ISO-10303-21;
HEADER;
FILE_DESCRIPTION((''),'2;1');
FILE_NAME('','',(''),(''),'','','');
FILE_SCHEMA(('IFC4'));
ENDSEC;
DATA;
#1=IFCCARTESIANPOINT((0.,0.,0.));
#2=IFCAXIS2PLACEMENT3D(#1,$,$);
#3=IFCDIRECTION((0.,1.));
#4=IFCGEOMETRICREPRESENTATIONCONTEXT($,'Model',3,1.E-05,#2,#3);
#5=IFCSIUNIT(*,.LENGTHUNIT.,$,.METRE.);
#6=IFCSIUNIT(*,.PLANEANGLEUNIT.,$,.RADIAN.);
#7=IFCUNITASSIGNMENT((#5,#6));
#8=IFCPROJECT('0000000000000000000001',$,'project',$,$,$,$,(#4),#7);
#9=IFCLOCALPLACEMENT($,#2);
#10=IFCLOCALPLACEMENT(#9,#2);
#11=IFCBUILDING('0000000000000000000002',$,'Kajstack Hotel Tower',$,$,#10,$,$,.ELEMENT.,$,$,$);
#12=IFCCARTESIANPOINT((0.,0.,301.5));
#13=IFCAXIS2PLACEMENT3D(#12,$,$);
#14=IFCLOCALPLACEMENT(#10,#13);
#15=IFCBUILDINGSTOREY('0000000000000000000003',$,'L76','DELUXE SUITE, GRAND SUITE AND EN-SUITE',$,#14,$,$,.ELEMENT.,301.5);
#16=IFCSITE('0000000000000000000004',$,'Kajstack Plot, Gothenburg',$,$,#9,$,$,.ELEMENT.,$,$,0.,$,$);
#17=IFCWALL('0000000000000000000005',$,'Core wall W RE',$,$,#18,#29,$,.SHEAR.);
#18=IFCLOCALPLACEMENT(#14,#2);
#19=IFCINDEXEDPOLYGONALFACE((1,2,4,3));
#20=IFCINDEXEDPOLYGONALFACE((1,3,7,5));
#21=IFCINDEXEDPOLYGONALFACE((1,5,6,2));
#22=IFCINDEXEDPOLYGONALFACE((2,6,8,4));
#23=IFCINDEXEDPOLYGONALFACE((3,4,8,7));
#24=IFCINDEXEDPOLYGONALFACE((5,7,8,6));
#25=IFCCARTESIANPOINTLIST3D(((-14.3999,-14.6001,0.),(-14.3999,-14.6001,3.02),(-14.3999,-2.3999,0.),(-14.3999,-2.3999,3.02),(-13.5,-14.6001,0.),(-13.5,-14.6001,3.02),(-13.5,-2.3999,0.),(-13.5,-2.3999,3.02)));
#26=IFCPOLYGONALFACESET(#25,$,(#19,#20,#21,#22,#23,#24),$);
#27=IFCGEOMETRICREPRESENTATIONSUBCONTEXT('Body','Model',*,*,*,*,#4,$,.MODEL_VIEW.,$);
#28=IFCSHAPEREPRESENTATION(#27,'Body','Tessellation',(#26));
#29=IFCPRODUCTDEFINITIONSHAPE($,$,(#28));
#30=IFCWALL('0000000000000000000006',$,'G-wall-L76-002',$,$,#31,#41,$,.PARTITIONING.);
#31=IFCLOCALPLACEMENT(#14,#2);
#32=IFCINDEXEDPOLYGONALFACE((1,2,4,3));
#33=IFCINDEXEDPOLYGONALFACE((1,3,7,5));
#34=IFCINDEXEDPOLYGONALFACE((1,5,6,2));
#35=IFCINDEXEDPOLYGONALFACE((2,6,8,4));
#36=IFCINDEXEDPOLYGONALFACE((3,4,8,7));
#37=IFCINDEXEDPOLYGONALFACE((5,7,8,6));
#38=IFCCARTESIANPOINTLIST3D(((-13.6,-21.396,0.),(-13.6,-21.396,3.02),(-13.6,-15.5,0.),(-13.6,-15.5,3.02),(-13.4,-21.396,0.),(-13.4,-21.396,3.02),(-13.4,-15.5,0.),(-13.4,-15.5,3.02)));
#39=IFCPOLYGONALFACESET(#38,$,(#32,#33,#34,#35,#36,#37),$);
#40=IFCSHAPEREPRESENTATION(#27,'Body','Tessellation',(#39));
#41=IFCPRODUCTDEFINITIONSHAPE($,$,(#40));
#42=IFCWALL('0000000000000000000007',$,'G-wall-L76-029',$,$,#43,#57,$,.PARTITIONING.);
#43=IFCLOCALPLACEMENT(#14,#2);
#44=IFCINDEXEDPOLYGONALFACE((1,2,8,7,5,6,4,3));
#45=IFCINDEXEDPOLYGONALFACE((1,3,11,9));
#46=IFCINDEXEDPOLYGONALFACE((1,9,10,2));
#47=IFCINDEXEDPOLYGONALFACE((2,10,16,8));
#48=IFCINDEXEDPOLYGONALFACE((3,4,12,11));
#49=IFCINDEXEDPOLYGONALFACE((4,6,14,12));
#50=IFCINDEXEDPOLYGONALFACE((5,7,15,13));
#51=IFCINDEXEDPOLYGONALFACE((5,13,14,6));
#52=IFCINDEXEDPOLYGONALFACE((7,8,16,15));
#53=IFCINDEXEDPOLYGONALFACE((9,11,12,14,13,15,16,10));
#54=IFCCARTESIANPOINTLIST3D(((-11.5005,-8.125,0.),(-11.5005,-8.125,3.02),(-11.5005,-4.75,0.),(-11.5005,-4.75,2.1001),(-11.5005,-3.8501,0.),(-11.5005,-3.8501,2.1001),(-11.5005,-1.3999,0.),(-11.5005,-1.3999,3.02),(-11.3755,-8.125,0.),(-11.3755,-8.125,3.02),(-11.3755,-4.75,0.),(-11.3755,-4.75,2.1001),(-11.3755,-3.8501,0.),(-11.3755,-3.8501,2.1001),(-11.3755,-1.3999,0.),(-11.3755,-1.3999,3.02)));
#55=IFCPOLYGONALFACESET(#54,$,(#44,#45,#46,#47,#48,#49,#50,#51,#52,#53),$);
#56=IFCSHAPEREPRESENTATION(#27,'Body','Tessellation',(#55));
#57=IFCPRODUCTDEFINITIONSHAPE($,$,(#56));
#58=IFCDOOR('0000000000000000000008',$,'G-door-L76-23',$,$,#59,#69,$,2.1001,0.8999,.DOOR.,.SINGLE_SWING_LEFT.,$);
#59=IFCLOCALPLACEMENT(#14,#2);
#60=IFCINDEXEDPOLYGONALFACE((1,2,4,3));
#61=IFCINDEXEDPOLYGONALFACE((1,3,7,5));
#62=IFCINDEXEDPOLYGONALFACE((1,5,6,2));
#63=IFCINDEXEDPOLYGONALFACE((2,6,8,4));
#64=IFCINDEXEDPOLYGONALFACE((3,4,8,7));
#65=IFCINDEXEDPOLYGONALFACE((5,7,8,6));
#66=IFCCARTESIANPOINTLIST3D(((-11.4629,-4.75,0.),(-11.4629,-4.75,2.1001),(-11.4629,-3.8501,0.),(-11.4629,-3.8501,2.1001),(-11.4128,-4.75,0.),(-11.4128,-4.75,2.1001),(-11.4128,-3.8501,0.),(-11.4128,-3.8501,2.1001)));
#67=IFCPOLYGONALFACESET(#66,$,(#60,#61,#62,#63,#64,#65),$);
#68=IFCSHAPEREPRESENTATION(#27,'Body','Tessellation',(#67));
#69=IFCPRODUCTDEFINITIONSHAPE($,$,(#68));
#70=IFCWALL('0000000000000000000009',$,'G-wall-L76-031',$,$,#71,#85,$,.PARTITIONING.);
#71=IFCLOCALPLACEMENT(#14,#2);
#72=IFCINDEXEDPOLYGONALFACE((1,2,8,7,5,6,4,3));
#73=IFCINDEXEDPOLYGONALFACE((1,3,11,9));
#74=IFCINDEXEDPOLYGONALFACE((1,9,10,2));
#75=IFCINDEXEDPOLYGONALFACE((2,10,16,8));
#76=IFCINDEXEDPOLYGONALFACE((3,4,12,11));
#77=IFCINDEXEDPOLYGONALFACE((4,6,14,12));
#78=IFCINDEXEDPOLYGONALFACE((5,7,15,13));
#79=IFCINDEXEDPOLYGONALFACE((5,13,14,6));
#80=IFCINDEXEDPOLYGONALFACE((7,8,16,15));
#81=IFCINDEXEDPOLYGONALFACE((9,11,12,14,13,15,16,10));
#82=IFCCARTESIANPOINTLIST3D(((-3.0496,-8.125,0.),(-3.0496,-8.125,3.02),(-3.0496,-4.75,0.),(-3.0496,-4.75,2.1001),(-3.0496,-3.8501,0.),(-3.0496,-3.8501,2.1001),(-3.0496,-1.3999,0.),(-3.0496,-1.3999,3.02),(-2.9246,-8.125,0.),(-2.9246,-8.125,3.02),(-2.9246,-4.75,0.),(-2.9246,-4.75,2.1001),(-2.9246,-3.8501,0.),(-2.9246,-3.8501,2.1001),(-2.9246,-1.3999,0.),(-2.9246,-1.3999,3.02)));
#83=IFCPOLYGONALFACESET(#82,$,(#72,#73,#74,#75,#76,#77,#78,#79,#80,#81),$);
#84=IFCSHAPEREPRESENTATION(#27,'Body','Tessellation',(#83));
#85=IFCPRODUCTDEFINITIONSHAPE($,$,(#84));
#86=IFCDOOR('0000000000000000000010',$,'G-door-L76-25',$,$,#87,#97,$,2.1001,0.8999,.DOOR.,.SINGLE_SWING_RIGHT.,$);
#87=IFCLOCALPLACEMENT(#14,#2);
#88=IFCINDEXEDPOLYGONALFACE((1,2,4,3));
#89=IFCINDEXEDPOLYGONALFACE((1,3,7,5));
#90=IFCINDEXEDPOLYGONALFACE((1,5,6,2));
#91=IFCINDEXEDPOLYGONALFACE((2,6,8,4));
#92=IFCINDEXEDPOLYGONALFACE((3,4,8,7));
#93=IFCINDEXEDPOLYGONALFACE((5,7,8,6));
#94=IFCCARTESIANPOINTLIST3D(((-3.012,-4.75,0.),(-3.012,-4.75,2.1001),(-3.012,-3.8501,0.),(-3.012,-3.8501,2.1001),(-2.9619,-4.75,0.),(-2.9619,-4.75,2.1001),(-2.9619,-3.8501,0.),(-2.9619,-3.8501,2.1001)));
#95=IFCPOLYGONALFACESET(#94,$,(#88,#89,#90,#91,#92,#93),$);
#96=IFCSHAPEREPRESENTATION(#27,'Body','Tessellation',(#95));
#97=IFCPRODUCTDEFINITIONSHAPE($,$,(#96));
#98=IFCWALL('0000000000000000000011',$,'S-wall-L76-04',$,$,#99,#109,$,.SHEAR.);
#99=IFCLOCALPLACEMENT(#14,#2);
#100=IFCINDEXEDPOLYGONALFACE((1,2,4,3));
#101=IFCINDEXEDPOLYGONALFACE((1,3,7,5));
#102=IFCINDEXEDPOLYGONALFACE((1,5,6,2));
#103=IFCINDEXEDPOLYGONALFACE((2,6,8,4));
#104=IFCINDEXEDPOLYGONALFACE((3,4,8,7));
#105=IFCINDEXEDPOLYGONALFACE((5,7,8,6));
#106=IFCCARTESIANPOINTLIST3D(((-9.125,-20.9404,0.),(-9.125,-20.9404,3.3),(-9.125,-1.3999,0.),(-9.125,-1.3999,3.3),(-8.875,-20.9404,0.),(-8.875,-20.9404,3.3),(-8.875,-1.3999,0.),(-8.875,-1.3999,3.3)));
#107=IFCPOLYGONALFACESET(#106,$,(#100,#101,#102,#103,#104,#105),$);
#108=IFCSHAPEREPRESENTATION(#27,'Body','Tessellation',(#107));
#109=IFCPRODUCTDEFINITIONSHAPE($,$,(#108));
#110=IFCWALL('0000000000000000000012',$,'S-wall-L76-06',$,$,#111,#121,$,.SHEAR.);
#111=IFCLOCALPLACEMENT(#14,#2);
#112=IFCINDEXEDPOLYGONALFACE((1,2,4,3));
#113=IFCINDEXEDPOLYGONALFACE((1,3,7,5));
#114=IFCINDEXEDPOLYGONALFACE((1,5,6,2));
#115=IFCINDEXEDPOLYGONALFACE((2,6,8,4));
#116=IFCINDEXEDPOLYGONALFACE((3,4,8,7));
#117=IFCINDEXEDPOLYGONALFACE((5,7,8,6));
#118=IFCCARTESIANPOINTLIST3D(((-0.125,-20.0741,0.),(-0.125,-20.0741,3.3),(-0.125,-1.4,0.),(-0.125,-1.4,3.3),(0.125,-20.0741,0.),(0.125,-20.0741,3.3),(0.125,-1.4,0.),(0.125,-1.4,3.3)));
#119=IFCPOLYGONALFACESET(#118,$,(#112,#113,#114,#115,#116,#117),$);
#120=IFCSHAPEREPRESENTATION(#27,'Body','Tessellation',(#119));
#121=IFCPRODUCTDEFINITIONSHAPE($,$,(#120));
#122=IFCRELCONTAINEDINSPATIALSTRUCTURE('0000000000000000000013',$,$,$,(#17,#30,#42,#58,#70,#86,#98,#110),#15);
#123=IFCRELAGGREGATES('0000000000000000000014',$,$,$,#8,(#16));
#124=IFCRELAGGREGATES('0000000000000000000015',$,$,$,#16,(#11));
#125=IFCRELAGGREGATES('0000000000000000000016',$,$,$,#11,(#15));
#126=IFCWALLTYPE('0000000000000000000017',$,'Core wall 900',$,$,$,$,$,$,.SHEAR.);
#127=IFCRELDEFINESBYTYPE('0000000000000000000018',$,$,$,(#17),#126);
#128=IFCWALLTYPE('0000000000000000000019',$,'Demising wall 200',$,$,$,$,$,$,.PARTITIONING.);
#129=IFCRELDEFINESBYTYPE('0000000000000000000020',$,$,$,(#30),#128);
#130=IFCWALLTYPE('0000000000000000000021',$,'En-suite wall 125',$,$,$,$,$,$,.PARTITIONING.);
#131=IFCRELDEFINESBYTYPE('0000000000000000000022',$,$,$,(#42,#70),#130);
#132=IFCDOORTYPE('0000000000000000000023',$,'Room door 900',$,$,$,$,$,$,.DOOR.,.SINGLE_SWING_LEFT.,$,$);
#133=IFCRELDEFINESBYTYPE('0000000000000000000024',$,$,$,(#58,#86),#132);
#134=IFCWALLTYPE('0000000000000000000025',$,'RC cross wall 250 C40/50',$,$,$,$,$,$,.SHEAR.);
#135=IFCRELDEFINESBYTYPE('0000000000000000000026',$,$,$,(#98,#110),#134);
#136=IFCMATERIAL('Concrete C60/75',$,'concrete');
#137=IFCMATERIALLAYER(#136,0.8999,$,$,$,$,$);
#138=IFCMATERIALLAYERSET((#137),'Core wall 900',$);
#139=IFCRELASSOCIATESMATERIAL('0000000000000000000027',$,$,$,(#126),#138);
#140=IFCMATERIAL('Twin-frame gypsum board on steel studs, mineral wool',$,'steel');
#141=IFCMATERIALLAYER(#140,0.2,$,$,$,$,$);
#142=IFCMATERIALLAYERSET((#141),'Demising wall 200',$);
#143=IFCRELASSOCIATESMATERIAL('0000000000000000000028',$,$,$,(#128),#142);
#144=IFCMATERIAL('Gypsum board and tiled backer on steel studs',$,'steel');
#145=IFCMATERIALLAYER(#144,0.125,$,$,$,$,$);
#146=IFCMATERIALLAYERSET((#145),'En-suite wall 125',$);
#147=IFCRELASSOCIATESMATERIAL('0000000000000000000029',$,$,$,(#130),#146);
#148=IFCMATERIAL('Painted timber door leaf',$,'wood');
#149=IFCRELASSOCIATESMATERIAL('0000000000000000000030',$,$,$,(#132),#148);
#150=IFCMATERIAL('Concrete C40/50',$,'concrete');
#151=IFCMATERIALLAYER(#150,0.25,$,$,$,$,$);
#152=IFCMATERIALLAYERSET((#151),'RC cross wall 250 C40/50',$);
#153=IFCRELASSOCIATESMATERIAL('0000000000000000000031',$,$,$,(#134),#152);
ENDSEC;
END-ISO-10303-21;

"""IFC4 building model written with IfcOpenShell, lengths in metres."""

from ifc_helpers import new_model, si_unit, direction, frame, frame_2d, origin, place, context, subcontext, project, spatial, rectangle, extrude, material, layer, layer_set, type_object, element, fill, save


model = new_model("IFC4")

# Units and contexts
model_context = context("Model", 3, precision=1e-05, world=origin(), true_north=direction((0.0, 1.0)))
body_context = subcontext(model_context, "Body", "Model", "MODEL_VIEW")
ifc_project = project(units=[si_unit("LENGTHUNIT", "METRE"), si_unit("PLANEANGLEUNIT", "RADIAN")], contexts=[model_context])

# Site, building, storey
site_placement = place(None, origin())
site = spatial("IfcSite", under=ifc_project, at=site_placement, Name="Kajstack Plot, Gothenburg", CompositionType="ELEMENT", RefElevation=0.0)
building_placement = place(site_placement, origin())
building = spatial("IfcBuilding", under=site, at=building_placement, Name="Kajstack Hotel Tower", CompositionType="ELEMENT")
storey_placement = place(building_placement, frame((0.0, 0.0, 301.5)))
storey = spatial("IfcBuildingStorey", under=building, at=storey_placement, Name="L76", Description="DELUXE SUITE, GRAND SUITE AND EN-SUITE", CompositionType="ELEMENT", Elevation=301.5)

# Walls
ifc_material_1 = material(Name="Concrete C60/75", Category="concrete")
ifc_layer_1 = layer(ifc_material_1, 0.8999)
ifc_layer_set_1 = layer_set([ifc_layer_1], Name="Core wall 900")
wall_type_1 = type_object("IfcWallType", Name="Core wall 900", PredefinedType="SHEAR", material=ifc_layer_set_1)
wall_1_placement = place(storey_placement, frame((-13.95, -14.6001, 0.0), z_axis=(0.0, 0.0, 1.0), x_axis=(0.0, 1.0, 0.0)))
element("IfcWall", 1, at=wall_1_placement, inside=storey, type_object=wall_type_1, Name="Core wall W RE", PredefinedType="SHEAR", context=body_context, shape_type="SweptSolid", body=[
    extrude(rectangle(XDim=12.2002, YDim=0.8999, at=frame_2d((6.1001, 0.0))), origin(), (0.0, 0.0, 1.0), 3.02),
])
ifc_material_2 = material(Name="Twin-frame gypsum board on steel studs, mineral wool", Category="steel")
ifc_layer_2 = layer(ifc_material_2, 0.2)
ifc_layer_set_2 = layer_set([ifc_layer_2], Name="Demising wall 200")
wall_type_2 = type_object("IfcWallType", Name="Demising wall 200", PredefinedType="PARTITIONING", material=ifc_layer_set_2)
wall_2_placement = place(storey_placement, frame((-13.5, -21.396, 0.0), z_axis=(0.0, 0.0, 1.0), x_axis=(0.0, 1.0, 0.0)))
element("IfcWall", 2, at=wall_2_placement, inside=storey, type_object=wall_type_2, Name="G-wall-L76-002", PredefinedType="PARTITIONING", context=body_context, shape_type="SweptSolid", body=[
    extrude(rectangle(XDim=5.896, YDim=0.2, at=frame_2d((2.948, 0.0))), origin(), (0.0, 0.0, 1.0), 3.02),
])

# Walls, openings, doors
ifc_material_3 = material(Name="Gypsum board and tiled backer on steel studs", Category="steel")
ifc_layer_3 = layer(ifc_material_3, 0.125)
ifc_layer_set_3 = layer_set([ifc_layer_3], Name="En-suite wall 125")
wall_type_3 = type_object("IfcWallType", Name="En-suite wall 125", PredefinedType="PARTITIONING", material=ifc_layer_set_3)
wall_3_placement = place(storey_placement, frame((-11.438, -8.125, 0.0), z_axis=(0.0, 0.0, 1.0), x_axis=(0.0, 1.0, 0.0)))
wall_3 = element("IfcWall", 3, at=wall_3_placement, inside=storey, type_object=wall_type_3, Name="G-wall-L76-029", PredefinedType="PARTITIONING", context=body_context, shape_type="SweptSolid", body=[
    extrude(rectangle(XDim=6.7251, YDim=0.125, at=frame_2d((3.3625, 0.0))), origin(), (0.0, 0.0, 1.0), 3.02),
])
opening_1_placement = place(wall_3_placement, frame((3.375, 0.0, 0.0)))
opening_1 = element("IfcOpeningElement", 4, at=opening_1_placement, cuts=wall_3, PredefinedType="OPENING", context=body_context, shape_type="SweptSolid", body=[
    extrude(rectangle(XDim=0.8999, YDim=2.1001, at=frame_2d((0.45, 1.05))), frame((0.0, 0.0725, 0.0), z_axis=(0.0, -1.0, 0.0), x_axis=(1.0, 0.0, 0.0)), (0.0, 0.0, 1.0), 0.145),
])
ifc_material_4 = material(Name="Painted timber door leaf", Category="wood")
door_type = type_object("IfcDoorType", Name="Room door 900", OperationType="SINGLE_SWING_LEFT", PredefinedType="DOOR", material=ifc_material_4)
door_1_placement = place(opening_1_placement, origin())
door_1 = element("IfcDoor", 5, at=door_1_placement, inside=storey, type_object=door_type, Name="G-door-L76-23", OperationType="SINGLE_SWING_LEFT", OverallHeight=2.1001, OverallWidth=0.8999, PredefinedType="DOOR", context=body_context, shape_type="SweptSolid", body=[
    extrude(rectangle(XDim=0.8999, YDim=2.1001, at=frame_2d((0.45, 1.05))), frame((0.0, 0.0249, 0.0), z_axis=(0.0, -1.0, 0.0), x_axis=(1.0, 0.0, 0.0)), (0.0, 0.0, 1.0), 0.05),
])
fill(opening_1, door_1)
wall_4_placement = place(storey_placement, frame((-2.9871, -8.125, 0.0), z_axis=(0.0, 0.0, 1.0), x_axis=(0.0, 1.0, 0.0)))
wall_4 = element("IfcWall", 6, at=wall_4_placement, inside=storey, type_object=wall_type_3, Name="G-wall-L76-031", PredefinedType="PARTITIONING", context=body_context, shape_type="SweptSolid", body=[
    extrude(rectangle(XDim=6.7251, YDim=0.125, at=frame_2d((3.3625, 0.0))), origin(), (0.0, 0.0, 1.0), 3.02),
])
opening_2_placement = place(wall_4_placement, frame((3.375, 0.0, 0.0)))
opening_2 = element("IfcOpeningElement", 7, at=opening_2_placement, cuts=wall_4, PredefinedType="OPENING", context=body_context, shape_type="SweptSolid", body=[
    extrude(rectangle(XDim=0.8999, YDim=2.1001, at=frame_2d((0.45, 1.05))), frame((0.0, 0.0725, 0.0), z_axis=(0.0, -1.0, 0.0), x_axis=(1.0, 0.0, 0.0)), (0.0, 0.0, 1.0), 0.145),
])
door_2_placement = place(opening_2_placement, origin())
door_2 = element("IfcDoor", 8, at=door_2_placement, inside=storey, type_object=door_type, Name="G-door-L76-25", OperationType="SINGLE_SWING_RIGHT", OverallHeight=2.1001, OverallWidth=0.8999, PredefinedType="DOOR", context=body_context, shape_type="SweptSolid", body=[
    extrude(rectangle(XDim=0.8999, YDim=2.1001, at=frame_2d((0.45, 1.05))), frame((0.0, 0.0249, 0.0), z_axis=(0.0, -1.0, 0.0), x_axis=(1.0, 0.0, 0.0)), (0.0, 0.0, 1.0), 0.05),
])
fill(opening_2, door_2)

# Walls
ifc_material_5 = material(Name="Concrete C40/50", Category="concrete")
ifc_layer_4 = layer(ifc_material_5, 0.25)
ifc_layer_set_4 = layer_set([ifc_layer_4], Name="RC cross wall 250 C40/50")
wall_type_4 = type_object("IfcWallType", Name="RC cross wall 250 C40/50", PredefinedType="SHEAR", material=ifc_layer_set_4)
wall_5_placement = place(storey_placement, frame((-9.0, -20.9404, 0.0), z_axis=(0.0, 0.0, 1.0), x_axis=(0.0, 1.0, 0.0)))
element("IfcWall", 9, at=wall_5_placement, inside=storey, type_object=wall_type_4, Name="S-wall-L76-04", PredefinedType="SHEAR", context=body_context, shape_type="SweptSolid", body=[
    extrude(rectangle(XDim=19.5405, YDim=0.25, at=frame_2d((9.7703, 0.0))), origin(), (0.0, 0.0, 1.0), 3.3),
])
wall_6_placement = place(storey_placement, frame((0.0, -20.074, 0.0), z_axis=(0.0, 0.0, 1.0), x_axis=(0.0, 1.0, 0.0)))
element("IfcWall", 10, at=wall_6_placement, inside=storey, type_object=wall_type_4, Name="S-wall-L76-06", PredefinedType="SHEAR", context=body_context, shape_type="SweptSolid", body=[
    extrude(rectangle(XDim=18.6741, YDim=0.25, at=frame_2d((9.3369, 0.0))), origin(), (0.0, 0.0, 1.0), 3.3),
])

save(model, "model.ifc")
